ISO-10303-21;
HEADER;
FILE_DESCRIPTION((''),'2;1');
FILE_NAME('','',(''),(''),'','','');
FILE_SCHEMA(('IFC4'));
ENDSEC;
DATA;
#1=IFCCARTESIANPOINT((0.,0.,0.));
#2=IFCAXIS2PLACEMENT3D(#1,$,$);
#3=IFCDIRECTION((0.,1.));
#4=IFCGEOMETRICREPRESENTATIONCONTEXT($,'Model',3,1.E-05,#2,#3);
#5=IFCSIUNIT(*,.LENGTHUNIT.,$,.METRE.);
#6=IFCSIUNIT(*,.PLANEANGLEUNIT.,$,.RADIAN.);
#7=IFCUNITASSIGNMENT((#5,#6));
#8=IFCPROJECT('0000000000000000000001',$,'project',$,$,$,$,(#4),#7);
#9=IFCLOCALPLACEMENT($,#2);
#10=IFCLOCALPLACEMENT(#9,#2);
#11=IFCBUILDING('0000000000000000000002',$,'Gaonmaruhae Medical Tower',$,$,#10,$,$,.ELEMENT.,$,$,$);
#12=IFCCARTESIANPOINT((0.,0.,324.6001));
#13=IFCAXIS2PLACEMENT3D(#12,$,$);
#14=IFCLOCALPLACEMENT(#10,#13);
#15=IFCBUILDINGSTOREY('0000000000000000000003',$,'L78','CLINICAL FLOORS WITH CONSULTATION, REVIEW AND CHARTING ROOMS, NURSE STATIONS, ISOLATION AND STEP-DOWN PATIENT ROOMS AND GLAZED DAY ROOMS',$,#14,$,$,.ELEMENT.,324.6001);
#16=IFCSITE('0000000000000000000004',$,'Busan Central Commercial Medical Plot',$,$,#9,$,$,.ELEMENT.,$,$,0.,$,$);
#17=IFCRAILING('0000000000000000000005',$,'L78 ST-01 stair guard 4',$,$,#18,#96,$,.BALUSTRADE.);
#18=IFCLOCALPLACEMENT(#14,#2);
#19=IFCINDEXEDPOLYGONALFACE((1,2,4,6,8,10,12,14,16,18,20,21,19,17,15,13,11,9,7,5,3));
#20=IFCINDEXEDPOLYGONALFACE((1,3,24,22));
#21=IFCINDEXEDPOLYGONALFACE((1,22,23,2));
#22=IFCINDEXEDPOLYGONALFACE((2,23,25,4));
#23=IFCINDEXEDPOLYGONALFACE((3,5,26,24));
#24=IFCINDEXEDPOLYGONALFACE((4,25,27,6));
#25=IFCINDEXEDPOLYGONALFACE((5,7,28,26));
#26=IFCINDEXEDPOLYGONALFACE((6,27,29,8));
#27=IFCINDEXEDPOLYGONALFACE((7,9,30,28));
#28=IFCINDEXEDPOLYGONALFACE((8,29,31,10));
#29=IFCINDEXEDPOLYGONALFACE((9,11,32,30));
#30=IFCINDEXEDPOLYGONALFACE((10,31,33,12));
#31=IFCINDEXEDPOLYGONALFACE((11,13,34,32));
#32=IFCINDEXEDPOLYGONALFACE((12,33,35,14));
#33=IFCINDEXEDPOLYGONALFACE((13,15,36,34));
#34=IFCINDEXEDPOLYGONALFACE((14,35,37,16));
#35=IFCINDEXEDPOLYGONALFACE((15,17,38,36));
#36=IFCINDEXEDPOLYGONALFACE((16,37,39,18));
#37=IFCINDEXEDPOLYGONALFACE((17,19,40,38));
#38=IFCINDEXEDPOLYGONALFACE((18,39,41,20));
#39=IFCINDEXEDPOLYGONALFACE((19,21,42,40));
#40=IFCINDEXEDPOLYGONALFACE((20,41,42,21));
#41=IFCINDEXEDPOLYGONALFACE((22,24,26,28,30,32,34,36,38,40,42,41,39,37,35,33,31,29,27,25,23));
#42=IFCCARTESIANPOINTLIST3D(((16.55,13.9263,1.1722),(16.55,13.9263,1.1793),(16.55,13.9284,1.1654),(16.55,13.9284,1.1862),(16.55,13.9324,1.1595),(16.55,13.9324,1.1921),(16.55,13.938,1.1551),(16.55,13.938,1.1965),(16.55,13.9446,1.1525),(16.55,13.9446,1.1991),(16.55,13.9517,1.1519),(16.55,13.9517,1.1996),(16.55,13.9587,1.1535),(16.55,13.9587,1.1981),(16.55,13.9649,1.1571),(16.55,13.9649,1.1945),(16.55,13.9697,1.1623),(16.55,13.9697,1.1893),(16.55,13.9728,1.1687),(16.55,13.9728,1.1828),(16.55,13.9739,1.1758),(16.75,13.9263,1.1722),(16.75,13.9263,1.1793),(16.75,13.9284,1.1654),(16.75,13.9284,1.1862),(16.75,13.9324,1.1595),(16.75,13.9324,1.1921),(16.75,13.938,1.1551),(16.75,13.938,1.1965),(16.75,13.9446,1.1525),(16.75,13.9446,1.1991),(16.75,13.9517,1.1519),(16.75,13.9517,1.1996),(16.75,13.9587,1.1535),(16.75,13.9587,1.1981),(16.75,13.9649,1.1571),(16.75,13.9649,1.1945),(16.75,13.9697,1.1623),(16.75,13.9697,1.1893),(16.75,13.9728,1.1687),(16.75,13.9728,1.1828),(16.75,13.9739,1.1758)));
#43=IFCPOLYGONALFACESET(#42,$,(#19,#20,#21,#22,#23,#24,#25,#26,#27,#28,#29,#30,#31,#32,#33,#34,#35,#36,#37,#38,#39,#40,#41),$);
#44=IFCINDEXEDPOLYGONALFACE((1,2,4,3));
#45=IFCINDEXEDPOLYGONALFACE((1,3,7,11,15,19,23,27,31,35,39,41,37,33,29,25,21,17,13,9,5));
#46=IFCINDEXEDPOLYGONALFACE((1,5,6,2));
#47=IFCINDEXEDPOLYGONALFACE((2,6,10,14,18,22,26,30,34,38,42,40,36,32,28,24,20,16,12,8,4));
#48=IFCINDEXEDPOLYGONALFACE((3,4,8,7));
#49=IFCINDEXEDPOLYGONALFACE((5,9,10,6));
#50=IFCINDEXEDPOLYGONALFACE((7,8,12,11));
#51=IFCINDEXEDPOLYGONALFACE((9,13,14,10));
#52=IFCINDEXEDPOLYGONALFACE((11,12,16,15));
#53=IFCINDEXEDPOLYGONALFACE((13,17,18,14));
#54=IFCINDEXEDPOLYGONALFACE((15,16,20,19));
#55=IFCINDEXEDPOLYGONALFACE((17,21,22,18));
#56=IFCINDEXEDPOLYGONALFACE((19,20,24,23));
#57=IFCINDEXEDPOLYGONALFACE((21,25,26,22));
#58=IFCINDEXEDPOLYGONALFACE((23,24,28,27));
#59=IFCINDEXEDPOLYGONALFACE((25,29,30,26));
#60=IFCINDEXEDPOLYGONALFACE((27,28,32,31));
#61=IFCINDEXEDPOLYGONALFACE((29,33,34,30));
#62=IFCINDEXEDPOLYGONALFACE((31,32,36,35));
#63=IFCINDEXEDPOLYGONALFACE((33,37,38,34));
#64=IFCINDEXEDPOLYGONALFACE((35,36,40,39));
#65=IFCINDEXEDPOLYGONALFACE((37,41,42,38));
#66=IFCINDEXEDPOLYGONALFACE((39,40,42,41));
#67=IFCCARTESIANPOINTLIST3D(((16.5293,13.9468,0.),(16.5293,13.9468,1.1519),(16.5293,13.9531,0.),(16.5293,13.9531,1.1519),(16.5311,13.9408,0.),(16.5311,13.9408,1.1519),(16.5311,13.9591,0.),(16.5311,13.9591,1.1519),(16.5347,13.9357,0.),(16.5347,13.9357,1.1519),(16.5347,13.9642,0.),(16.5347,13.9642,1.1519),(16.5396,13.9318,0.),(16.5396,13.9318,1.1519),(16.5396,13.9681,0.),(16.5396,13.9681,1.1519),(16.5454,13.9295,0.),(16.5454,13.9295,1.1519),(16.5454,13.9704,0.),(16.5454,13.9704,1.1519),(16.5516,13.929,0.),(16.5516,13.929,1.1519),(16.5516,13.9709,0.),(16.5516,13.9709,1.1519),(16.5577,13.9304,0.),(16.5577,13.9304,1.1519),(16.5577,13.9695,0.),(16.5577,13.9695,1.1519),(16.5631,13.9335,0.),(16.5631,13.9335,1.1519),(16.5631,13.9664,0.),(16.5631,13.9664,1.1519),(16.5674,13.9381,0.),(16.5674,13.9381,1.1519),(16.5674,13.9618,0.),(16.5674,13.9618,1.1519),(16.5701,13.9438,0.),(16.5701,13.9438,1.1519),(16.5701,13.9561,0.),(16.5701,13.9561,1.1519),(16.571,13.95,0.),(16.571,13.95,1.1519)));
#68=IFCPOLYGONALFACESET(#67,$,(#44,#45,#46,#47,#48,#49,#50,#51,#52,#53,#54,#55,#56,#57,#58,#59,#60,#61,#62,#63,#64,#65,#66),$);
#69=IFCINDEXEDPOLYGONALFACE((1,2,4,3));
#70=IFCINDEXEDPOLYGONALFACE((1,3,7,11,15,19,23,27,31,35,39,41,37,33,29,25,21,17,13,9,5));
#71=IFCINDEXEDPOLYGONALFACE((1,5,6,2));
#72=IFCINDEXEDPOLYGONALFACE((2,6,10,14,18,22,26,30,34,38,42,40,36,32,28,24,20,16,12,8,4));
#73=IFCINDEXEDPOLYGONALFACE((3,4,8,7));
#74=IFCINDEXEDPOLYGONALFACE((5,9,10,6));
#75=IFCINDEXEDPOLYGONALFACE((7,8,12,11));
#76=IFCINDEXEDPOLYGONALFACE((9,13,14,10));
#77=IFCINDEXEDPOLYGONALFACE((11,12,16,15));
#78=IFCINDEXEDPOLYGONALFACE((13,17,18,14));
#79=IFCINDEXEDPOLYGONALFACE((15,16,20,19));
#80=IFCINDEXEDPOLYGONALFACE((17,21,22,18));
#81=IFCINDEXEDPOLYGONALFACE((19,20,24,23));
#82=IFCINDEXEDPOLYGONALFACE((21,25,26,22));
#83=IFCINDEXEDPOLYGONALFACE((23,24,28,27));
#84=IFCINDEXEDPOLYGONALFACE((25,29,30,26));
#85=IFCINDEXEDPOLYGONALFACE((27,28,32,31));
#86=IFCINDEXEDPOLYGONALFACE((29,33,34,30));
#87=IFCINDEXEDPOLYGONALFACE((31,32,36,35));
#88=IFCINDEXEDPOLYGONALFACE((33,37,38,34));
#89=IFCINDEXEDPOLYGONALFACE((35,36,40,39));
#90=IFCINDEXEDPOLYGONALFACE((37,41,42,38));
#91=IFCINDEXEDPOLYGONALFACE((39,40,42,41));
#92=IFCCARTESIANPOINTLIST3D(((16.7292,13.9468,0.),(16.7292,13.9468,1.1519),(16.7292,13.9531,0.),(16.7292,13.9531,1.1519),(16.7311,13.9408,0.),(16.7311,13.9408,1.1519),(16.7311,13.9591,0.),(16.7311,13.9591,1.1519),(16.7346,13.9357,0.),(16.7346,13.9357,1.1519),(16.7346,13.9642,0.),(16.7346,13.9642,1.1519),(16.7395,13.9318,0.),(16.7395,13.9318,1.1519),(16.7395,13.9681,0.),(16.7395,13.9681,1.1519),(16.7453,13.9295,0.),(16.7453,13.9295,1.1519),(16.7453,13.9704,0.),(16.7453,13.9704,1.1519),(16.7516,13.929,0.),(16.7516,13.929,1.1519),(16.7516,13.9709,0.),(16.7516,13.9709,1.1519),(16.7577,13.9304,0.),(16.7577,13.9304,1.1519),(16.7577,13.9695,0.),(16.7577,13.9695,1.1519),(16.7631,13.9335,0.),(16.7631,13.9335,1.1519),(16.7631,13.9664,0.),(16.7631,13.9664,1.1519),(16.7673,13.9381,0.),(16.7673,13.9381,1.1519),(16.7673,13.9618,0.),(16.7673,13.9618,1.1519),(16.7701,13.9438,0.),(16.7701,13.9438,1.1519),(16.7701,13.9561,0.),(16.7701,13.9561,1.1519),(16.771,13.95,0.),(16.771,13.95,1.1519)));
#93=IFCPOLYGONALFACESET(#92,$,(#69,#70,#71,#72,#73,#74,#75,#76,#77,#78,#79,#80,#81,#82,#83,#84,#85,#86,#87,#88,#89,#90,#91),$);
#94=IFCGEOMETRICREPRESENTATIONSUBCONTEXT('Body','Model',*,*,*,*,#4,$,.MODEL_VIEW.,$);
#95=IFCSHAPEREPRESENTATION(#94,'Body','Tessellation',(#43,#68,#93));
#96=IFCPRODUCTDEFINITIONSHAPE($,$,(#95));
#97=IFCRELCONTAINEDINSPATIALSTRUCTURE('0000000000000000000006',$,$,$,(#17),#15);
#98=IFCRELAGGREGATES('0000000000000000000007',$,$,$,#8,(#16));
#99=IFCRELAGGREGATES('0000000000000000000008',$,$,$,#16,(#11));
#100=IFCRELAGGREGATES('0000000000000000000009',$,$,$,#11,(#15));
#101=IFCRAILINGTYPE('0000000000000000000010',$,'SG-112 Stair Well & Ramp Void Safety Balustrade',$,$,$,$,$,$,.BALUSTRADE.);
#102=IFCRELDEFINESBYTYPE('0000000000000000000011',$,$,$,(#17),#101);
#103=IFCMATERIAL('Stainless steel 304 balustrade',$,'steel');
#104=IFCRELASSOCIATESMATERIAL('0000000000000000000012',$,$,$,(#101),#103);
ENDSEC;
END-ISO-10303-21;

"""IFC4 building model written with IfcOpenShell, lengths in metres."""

from ifc_helpers import new_model, si_unit, direction, frame, origin, origin_2d, place, context, subcontext, project, spatial, circle, extrude, material, type_object, element, save


model = new_model("IFC4")

# Units and contexts
model_context = context("Model", 3, precision=1e-05, world=origin(), true_north=direction((0.0, 1.0)))
body_context = subcontext(model_context, "Body", "Model", "MODEL_VIEW")
ifc_project = project(units=[si_unit("LENGTHUNIT", "METRE"), si_unit("PLANEANGLEUNIT", "RADIAN")], contexts=[model_context])

# Site, building, storey
site_placement = place(None, origin())
site = spatial("IfcSite", under=ifc_project, at=site_placement, Name="Busan Central Commercial Medical Plot", CompositionType="ELEMENT", RefElevation=0.0)
building_placement = place(site_placement, origin())
building = spatial("IfcBuilding", under=site, at=building_placement, Name="Gaonmaruhae Medical Tower", CompositionType="ELEMENT")
storey_placement = place(building_placement, frame((0.0, 0.0, 324.6001)))
storey = spatial("IfcBuildingStorey", under=building, at=storey_placement, Name="L78", Description="CLINICAL FLOORS WITH CONSULTATION, REVIEW AND CHARTING ROOMS, NURSE STATIONS, ISOLATION AND STEP-DOWN PATIENT ROOMS AND GLAZED DAY ROOMS", CompositionType="ELEMENT", Elevation=324.6001)

# Railing
ifc_material_1 = material(Name="Stainless steel 304 balustrade", Category="steel")
railing_type = type_object("IfcRailingType", Name="SG-112 Stair Well & Ramp Void Safety Balustrade", PredefinedType="BALUSTRADE", material=ifc_material_1)
railing_placement = place(storey_placement, frame((16.55, 13.95, 0.0)))
element("IfcRailing", 1, at=railing_placement, inside=storey, type_object=railing_type, Name="L78 ST-01 stair guard 4", PredefinedType="BALUSTRADE", context=body_context, shape_type="SweptSolid", body=[
    extrude(circle(Radius=0.0239, at=origin_2d()), frame((0.0, 0.0, 1.1758), z_axis=(1.0, 0.0, 0.0), x_axis=(0.0, 1.0, 0.0)), (0.0, 0.0, 1.0), 0.2),
    extrude(circle(Radius=0.021, at=origin_2d()), origin(), (0.0, 0.0, 1.0), 1.1519),
    extrude(circle(Radius=0.021, at=origin_2d()), frame((0.2, 0.0, 0.0)), (0.0, 0.0, 1.0), 1.1519),
])

save(model, "model.ifc")
